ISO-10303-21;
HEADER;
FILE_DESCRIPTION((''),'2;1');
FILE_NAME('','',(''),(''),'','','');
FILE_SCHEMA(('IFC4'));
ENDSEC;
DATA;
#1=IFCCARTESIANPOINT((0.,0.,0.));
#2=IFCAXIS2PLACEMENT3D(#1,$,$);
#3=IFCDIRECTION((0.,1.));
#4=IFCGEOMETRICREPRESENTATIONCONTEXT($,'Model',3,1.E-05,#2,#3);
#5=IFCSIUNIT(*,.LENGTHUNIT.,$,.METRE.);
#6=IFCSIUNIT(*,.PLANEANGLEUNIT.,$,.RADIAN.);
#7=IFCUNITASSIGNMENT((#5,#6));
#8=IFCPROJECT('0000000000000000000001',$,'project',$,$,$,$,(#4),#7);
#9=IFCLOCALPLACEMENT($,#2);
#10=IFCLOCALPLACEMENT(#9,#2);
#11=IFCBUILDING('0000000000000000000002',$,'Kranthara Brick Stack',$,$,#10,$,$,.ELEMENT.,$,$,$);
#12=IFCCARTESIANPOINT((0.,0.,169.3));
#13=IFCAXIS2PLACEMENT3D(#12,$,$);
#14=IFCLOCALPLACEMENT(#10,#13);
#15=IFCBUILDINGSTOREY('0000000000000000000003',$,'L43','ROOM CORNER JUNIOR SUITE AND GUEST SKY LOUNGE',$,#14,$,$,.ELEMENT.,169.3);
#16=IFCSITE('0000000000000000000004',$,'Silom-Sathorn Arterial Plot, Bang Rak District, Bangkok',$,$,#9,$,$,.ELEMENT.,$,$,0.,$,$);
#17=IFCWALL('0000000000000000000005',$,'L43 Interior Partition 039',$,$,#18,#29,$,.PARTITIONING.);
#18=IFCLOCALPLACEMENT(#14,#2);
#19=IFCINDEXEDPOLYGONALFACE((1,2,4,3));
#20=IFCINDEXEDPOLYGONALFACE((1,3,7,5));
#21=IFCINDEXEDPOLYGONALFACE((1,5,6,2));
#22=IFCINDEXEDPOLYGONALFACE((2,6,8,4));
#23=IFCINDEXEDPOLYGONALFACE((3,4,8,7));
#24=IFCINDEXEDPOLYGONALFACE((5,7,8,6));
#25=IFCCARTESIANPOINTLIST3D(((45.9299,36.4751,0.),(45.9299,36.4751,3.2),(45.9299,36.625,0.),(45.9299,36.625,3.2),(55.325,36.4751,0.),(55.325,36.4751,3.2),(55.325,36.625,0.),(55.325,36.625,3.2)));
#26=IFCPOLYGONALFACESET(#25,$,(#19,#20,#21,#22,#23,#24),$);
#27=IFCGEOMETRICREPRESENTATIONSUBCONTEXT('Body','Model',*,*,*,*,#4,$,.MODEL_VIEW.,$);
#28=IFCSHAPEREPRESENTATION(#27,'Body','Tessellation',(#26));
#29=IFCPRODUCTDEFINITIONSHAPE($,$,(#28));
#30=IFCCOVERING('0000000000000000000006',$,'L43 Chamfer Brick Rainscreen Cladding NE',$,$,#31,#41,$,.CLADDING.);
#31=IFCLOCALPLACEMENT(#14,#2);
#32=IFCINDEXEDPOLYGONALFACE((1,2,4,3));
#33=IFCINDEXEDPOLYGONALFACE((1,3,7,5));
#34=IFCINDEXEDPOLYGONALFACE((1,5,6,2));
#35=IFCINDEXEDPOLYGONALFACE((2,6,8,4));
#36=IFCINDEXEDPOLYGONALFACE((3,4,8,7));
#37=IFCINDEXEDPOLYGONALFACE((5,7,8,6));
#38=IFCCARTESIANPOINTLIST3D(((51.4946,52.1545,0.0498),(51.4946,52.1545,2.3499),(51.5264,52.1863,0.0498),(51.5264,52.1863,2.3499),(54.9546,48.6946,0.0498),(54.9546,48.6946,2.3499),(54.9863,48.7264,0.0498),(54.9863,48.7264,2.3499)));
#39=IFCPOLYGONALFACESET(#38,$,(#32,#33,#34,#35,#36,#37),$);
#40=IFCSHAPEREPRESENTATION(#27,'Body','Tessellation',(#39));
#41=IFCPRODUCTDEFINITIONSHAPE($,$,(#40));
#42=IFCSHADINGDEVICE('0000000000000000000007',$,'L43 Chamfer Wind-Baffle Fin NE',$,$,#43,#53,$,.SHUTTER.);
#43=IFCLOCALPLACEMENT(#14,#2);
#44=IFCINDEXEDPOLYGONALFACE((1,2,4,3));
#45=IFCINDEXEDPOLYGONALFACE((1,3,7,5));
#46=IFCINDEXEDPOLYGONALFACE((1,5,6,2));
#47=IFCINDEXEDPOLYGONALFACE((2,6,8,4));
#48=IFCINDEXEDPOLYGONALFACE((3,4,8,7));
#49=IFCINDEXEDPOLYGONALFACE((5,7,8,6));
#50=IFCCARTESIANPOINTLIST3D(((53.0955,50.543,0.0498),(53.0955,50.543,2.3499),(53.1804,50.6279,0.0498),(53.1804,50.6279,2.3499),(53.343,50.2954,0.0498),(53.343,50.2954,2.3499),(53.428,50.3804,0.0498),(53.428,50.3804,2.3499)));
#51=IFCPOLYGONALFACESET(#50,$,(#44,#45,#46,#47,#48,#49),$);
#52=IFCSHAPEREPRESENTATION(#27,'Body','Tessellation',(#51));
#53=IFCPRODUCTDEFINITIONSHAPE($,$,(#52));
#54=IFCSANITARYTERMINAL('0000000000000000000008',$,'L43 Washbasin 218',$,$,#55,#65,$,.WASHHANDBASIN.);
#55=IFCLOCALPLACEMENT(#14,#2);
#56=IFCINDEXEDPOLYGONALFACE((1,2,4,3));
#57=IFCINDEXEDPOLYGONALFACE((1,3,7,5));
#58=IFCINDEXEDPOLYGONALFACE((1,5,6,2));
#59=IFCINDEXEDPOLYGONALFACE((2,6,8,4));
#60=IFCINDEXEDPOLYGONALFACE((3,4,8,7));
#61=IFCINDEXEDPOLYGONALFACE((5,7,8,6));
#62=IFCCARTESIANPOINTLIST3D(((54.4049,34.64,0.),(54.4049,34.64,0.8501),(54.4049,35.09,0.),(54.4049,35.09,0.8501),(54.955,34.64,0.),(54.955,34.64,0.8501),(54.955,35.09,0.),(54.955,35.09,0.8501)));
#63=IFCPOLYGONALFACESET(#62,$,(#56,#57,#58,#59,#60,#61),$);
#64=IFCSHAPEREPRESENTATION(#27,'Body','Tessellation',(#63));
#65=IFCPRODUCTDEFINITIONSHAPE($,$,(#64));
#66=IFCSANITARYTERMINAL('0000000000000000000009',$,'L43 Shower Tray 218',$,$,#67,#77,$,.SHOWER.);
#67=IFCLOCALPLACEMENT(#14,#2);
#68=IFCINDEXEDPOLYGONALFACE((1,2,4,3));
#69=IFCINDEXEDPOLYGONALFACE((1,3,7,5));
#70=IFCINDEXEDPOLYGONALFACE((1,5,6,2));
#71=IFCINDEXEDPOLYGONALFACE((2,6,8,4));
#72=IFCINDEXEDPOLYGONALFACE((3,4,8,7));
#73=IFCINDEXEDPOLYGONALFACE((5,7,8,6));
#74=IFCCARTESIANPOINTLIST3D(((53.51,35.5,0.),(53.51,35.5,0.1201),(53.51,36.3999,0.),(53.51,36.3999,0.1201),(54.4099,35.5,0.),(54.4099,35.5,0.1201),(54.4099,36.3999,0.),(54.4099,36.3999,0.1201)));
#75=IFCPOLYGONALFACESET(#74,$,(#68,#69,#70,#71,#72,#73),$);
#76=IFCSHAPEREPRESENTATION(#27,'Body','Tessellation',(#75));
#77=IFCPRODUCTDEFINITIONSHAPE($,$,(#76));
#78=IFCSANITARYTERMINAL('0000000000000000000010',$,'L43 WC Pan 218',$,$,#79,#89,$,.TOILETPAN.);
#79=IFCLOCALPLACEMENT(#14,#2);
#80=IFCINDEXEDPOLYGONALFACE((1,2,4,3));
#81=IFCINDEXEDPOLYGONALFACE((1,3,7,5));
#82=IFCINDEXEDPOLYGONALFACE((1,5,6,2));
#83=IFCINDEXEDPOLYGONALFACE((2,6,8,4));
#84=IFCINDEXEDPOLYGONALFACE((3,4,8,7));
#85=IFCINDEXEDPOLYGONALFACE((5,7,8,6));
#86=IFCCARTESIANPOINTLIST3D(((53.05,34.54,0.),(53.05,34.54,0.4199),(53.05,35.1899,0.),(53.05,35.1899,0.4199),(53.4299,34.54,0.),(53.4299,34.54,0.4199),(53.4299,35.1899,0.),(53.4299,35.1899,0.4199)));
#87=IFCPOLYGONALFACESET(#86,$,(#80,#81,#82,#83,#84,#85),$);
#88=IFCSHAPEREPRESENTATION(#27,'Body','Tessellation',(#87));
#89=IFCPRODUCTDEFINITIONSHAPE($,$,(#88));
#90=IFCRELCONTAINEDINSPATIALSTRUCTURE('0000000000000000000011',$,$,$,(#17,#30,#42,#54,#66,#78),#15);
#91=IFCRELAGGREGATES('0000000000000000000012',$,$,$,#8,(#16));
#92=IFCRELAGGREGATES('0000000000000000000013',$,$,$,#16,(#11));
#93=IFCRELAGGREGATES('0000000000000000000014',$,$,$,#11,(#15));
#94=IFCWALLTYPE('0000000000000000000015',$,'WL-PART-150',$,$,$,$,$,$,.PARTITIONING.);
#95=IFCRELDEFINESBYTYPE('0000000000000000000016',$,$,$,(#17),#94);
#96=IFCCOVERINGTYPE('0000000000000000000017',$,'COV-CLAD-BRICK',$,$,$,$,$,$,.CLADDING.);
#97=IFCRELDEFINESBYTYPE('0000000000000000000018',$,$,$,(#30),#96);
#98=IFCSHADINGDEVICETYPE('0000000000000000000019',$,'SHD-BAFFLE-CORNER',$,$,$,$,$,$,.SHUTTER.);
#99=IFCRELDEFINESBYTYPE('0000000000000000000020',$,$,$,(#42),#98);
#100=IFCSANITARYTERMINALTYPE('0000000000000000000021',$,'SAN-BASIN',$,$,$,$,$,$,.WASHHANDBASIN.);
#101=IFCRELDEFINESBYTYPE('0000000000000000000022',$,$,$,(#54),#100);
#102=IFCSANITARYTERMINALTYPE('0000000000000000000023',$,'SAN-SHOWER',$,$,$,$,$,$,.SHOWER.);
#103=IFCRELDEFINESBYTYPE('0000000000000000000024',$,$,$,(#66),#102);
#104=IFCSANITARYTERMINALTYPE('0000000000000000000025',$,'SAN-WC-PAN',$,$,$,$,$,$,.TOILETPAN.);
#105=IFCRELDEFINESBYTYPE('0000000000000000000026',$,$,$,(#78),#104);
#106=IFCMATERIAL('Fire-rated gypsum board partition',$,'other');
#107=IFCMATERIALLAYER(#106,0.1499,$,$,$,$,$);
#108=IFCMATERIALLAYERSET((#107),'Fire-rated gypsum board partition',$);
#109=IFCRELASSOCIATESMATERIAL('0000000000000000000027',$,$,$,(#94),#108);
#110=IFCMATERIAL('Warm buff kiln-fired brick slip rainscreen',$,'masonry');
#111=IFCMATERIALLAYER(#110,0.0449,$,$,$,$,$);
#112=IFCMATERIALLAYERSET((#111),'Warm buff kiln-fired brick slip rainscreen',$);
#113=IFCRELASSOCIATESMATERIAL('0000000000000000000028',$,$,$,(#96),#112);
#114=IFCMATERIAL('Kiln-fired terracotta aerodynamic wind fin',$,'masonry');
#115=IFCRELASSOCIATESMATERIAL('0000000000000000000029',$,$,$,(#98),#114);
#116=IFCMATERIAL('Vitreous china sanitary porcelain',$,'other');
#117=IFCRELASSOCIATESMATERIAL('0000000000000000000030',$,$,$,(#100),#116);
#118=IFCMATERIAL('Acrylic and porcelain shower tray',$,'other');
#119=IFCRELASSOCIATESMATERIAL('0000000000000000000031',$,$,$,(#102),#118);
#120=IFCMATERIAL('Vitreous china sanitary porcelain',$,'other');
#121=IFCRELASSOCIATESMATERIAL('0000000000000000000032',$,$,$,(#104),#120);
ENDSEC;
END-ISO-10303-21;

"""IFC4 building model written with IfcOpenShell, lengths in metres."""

from ifc_helpers import new_model, si_unit, direction, frame, frame_2d, origin, origin_2d, place, context, subcontext, project, spatial, rectangle, extrude, material, layer, layer_set, type_object, element, save


model = new_model("IFC4")

# Units and contexts
model_context = context("Model", 3, precision=1e-05, world=origin(), true_north=direction((0.0, 1.0)))
body_context = subcontext(model_context, "Body", "Model", "MODEL_VIEW")
ifc_project = project(units=[si_unit("LENGTHUNIT", "METRE"), si_unit("PLANEANGLEUNIT", "RADIAN")], contexts=[model_context])

# Site, building, storey
site_placement = place(None, origin())
site = spatial("IfcSite", under=ifc_project, at=site_placement, Name="Silom-Sathorn Arterial Plot, Bang Rak District, Bangkok", CompositionType="ELEMENT", RefElevation=0.0)
building_placement = place(site_placement, origin())
building = spatial("IfcBuilding", under=site, at=building_placement, Name="Kranthara Brick Stack", CompositionType="ELEMENT")
storey_placement = place(building_placement, frame((0.0, 0.0, 169.3)))
storey = spatial("IfcBuildingStorey", under=building, at=storey_placement, Name="L43", Description="ROOM CORNER JUNIOR SUITE AND GUEST SKY LOUNGE", CompositionType="ELEMENT", Elevation=169.3)

# Wall
ifc_material_1 = material(Name="Fire-rated gypsum board partition", Category="other")
ifc_layer_1 = layer(ifc_material_1, 0.1499)
ifc_layer_set_1 = layer_set([ifc_layer_1], Name="Fire-rated gypsum board partition")
wall_type_1 = type_object("IfcWallType", Name="WL-PART-150", PredefinedType="PARTITIONING", material=ifc_layer_set_1)
wall_1_placement = place(storey_placement, frame((45.9299, 36.55, 0.0), z_axis=(0.0, 0.0, 1.0), x_axis=(1.0, 0.0, 0.0)))
element("IfcWall", 1, at=wall_1_placement, inside=storey, type_object=wall_type_1, Name="L43 Interior Partition 039", PredefinedType="PARTITIONING", context=body_context, shape_type="SweptSolid", body=[
    extrude(rectangle(XDim=9.395, YDim=0.1499, at=frame_2d((4.6975, 0.0))), origin(), (0.0, 0.0, 1.0), 3.2),
])

# Covering
ifc_material_2 = material(Name="Warm buff kiln-fired brick slip rainscreen", Category="masonry")
ifc_layer_2 = layer(ifc_material_2, 0.0449)
ifc_layer_set_2 = layer_set([ifc_layer_2], Name="Warm buff kiln-fired brick slip rainscreen")
covering_type = type_object("IfcCoveringType", Name="COV-CLAD-BRICK", PredefinedType="CLADDING", material=ifc_layer_set_2)
covering_placement = place(storey_placement, frame((53.2405, 50.4404, 0.0498), z_axis=(0.0, 0.0, 1.0), x_axis=(0.707107, -0.707107, 0.0)))
element("IfcCovering", 2, at=covering_placement, inside=storey, type_object=covering_type, Name="L43 Chamfer Brick Rainscreen Cladding NE", PredefinedType="CLADDING", context=body_context, shape_type="SweptSolid", body=[
    extrude(rectangle(XDim=4.8931, YDim=0.0449, at=origin_2d()), origin(), (0.0, 0.0, 1.0), 2.3),
])

# Shading device
ifc_material_3 = material(Name="Kiln-fired terracotta aerodynamic wind fin", Category="masonry")
shading_device_type = type_object("IfcShadingDeviceType", Name="SHD-BAFFLE-CORNER", PredefinedType="SHUTTER", material=ifc_material_3)
shading_device_placement = place(storey_placement, frame((53.2617, 50.4617, 0.0498), z_axis=(0.0, 0.0, 1.0), x_axis=(0.707107, -0.707107, 0.0)))
element("IfcShadingDevice", 3, at=shading_device_placement, inside=storey, type_object=shading_device_type, Name="L43 Chamfer Wind-Baffle Fin NE", PredefinedType="SHUTTER", context=body_context, shape_type="SweptSolid", body=[
    extrude(rectangle(XDim=0.3501, YDim=0.1201, at=origin_2d()), origin(), (0.0, 0.0, 1.0), 2.3),
])

# Sanitary terminals
ifc_material_4 = material(Name="Vitreous china sanitary porcelain", Category="other")
sanitary_terminal_type_1 = type_object("IfcSanitaryTerminalType", Name="SAN-BASIN", PredefinedType="WASHHANDBASIN", material=ifc_material_4)
sanitary_terminal_1_placement = place(storey_placement, frame((54.6799, 34.865, 0.0), z_axis=(0.0, 0.0, 1.0), x_axis=(1.0, 0.0, 0.0)))
element("IfcSanitaryTerminal", 4, at=sanitary_terminal_1_placement, inside=storey, type_object=sanitary_terminal_type_1, Name="L43 Washbasin 218", PredefinedType="WASHHANDBASIN", context=body_context, shape_type="SweptSolid", body=[
    extrude(rectangle(XDim=0.55, YDim=0.45, at=origin_2d()), origin(), (0.0, 0.0, 1.0), 0.8501),
])
ifc_material_5 = material(Name="Acrylic and porcelain shower tray", Category="other")
sanitary_terminal_type_2 = type_object("IfcSanitaryTerminalType", Name="SAN-SHOWER", PredefinedType="SHOWER", material=ifc_material_5)
sanitary_terminal_2_placement = place(storey_placement, frame((53.96, 35.95, 0.0), z_axis=(0.0, 0.0, 1.0), x_axis=(1.0, 0.0, 0.0)))
element("IfcSanitaryTerminal", 5, at=sanitary_terminal_2_placement, inside=storey, type_object=sanitary_terminal_type_2, Name="L43 Shower Tray 218", PredefinedType="SHOWER", context=body_context, shape_type="SweptSolid", body=[
    extrude(rectangle(XDim=0.8999, YDim=0.8999, at=origin_2d()), origin(), (0.0, 0.0, 1.0), 0.1201),
])
ifc_material_6 = material(Name="Vitreous china sanitary porcelain", Category="other")
sanitary_terminal_type_3 = type_object("IfcSanitaryTerminalType", Name="SAN-WC-PAN", PredefinedType="TOILETPAN", material=ifc_material_6)
sanitary_terminal_3_placement = place(storey_placement, frame((53.24, 34.865, 0.0), z_axis=(0.0, 0.0, 1.0), x_axis=(1.0, 0.0, 0.0)))
element("IfcSanitaryTerminal", 6, at=sanitary_terminal_3_placement, inside=storey, type_object=sanitary_terminal_type_3, Name="L43 WC Pan 218", PredefinedType="TOILETPAN", context=body_context, shape_type="SweptSolid", body=[
    extrude(rectangle(XDim=0.3799, YDim=0.6499, at=origin_2d()), origin(), (0.0, 0.0, 1.0), 0.4199),
])

save(model, "model.ifc")
